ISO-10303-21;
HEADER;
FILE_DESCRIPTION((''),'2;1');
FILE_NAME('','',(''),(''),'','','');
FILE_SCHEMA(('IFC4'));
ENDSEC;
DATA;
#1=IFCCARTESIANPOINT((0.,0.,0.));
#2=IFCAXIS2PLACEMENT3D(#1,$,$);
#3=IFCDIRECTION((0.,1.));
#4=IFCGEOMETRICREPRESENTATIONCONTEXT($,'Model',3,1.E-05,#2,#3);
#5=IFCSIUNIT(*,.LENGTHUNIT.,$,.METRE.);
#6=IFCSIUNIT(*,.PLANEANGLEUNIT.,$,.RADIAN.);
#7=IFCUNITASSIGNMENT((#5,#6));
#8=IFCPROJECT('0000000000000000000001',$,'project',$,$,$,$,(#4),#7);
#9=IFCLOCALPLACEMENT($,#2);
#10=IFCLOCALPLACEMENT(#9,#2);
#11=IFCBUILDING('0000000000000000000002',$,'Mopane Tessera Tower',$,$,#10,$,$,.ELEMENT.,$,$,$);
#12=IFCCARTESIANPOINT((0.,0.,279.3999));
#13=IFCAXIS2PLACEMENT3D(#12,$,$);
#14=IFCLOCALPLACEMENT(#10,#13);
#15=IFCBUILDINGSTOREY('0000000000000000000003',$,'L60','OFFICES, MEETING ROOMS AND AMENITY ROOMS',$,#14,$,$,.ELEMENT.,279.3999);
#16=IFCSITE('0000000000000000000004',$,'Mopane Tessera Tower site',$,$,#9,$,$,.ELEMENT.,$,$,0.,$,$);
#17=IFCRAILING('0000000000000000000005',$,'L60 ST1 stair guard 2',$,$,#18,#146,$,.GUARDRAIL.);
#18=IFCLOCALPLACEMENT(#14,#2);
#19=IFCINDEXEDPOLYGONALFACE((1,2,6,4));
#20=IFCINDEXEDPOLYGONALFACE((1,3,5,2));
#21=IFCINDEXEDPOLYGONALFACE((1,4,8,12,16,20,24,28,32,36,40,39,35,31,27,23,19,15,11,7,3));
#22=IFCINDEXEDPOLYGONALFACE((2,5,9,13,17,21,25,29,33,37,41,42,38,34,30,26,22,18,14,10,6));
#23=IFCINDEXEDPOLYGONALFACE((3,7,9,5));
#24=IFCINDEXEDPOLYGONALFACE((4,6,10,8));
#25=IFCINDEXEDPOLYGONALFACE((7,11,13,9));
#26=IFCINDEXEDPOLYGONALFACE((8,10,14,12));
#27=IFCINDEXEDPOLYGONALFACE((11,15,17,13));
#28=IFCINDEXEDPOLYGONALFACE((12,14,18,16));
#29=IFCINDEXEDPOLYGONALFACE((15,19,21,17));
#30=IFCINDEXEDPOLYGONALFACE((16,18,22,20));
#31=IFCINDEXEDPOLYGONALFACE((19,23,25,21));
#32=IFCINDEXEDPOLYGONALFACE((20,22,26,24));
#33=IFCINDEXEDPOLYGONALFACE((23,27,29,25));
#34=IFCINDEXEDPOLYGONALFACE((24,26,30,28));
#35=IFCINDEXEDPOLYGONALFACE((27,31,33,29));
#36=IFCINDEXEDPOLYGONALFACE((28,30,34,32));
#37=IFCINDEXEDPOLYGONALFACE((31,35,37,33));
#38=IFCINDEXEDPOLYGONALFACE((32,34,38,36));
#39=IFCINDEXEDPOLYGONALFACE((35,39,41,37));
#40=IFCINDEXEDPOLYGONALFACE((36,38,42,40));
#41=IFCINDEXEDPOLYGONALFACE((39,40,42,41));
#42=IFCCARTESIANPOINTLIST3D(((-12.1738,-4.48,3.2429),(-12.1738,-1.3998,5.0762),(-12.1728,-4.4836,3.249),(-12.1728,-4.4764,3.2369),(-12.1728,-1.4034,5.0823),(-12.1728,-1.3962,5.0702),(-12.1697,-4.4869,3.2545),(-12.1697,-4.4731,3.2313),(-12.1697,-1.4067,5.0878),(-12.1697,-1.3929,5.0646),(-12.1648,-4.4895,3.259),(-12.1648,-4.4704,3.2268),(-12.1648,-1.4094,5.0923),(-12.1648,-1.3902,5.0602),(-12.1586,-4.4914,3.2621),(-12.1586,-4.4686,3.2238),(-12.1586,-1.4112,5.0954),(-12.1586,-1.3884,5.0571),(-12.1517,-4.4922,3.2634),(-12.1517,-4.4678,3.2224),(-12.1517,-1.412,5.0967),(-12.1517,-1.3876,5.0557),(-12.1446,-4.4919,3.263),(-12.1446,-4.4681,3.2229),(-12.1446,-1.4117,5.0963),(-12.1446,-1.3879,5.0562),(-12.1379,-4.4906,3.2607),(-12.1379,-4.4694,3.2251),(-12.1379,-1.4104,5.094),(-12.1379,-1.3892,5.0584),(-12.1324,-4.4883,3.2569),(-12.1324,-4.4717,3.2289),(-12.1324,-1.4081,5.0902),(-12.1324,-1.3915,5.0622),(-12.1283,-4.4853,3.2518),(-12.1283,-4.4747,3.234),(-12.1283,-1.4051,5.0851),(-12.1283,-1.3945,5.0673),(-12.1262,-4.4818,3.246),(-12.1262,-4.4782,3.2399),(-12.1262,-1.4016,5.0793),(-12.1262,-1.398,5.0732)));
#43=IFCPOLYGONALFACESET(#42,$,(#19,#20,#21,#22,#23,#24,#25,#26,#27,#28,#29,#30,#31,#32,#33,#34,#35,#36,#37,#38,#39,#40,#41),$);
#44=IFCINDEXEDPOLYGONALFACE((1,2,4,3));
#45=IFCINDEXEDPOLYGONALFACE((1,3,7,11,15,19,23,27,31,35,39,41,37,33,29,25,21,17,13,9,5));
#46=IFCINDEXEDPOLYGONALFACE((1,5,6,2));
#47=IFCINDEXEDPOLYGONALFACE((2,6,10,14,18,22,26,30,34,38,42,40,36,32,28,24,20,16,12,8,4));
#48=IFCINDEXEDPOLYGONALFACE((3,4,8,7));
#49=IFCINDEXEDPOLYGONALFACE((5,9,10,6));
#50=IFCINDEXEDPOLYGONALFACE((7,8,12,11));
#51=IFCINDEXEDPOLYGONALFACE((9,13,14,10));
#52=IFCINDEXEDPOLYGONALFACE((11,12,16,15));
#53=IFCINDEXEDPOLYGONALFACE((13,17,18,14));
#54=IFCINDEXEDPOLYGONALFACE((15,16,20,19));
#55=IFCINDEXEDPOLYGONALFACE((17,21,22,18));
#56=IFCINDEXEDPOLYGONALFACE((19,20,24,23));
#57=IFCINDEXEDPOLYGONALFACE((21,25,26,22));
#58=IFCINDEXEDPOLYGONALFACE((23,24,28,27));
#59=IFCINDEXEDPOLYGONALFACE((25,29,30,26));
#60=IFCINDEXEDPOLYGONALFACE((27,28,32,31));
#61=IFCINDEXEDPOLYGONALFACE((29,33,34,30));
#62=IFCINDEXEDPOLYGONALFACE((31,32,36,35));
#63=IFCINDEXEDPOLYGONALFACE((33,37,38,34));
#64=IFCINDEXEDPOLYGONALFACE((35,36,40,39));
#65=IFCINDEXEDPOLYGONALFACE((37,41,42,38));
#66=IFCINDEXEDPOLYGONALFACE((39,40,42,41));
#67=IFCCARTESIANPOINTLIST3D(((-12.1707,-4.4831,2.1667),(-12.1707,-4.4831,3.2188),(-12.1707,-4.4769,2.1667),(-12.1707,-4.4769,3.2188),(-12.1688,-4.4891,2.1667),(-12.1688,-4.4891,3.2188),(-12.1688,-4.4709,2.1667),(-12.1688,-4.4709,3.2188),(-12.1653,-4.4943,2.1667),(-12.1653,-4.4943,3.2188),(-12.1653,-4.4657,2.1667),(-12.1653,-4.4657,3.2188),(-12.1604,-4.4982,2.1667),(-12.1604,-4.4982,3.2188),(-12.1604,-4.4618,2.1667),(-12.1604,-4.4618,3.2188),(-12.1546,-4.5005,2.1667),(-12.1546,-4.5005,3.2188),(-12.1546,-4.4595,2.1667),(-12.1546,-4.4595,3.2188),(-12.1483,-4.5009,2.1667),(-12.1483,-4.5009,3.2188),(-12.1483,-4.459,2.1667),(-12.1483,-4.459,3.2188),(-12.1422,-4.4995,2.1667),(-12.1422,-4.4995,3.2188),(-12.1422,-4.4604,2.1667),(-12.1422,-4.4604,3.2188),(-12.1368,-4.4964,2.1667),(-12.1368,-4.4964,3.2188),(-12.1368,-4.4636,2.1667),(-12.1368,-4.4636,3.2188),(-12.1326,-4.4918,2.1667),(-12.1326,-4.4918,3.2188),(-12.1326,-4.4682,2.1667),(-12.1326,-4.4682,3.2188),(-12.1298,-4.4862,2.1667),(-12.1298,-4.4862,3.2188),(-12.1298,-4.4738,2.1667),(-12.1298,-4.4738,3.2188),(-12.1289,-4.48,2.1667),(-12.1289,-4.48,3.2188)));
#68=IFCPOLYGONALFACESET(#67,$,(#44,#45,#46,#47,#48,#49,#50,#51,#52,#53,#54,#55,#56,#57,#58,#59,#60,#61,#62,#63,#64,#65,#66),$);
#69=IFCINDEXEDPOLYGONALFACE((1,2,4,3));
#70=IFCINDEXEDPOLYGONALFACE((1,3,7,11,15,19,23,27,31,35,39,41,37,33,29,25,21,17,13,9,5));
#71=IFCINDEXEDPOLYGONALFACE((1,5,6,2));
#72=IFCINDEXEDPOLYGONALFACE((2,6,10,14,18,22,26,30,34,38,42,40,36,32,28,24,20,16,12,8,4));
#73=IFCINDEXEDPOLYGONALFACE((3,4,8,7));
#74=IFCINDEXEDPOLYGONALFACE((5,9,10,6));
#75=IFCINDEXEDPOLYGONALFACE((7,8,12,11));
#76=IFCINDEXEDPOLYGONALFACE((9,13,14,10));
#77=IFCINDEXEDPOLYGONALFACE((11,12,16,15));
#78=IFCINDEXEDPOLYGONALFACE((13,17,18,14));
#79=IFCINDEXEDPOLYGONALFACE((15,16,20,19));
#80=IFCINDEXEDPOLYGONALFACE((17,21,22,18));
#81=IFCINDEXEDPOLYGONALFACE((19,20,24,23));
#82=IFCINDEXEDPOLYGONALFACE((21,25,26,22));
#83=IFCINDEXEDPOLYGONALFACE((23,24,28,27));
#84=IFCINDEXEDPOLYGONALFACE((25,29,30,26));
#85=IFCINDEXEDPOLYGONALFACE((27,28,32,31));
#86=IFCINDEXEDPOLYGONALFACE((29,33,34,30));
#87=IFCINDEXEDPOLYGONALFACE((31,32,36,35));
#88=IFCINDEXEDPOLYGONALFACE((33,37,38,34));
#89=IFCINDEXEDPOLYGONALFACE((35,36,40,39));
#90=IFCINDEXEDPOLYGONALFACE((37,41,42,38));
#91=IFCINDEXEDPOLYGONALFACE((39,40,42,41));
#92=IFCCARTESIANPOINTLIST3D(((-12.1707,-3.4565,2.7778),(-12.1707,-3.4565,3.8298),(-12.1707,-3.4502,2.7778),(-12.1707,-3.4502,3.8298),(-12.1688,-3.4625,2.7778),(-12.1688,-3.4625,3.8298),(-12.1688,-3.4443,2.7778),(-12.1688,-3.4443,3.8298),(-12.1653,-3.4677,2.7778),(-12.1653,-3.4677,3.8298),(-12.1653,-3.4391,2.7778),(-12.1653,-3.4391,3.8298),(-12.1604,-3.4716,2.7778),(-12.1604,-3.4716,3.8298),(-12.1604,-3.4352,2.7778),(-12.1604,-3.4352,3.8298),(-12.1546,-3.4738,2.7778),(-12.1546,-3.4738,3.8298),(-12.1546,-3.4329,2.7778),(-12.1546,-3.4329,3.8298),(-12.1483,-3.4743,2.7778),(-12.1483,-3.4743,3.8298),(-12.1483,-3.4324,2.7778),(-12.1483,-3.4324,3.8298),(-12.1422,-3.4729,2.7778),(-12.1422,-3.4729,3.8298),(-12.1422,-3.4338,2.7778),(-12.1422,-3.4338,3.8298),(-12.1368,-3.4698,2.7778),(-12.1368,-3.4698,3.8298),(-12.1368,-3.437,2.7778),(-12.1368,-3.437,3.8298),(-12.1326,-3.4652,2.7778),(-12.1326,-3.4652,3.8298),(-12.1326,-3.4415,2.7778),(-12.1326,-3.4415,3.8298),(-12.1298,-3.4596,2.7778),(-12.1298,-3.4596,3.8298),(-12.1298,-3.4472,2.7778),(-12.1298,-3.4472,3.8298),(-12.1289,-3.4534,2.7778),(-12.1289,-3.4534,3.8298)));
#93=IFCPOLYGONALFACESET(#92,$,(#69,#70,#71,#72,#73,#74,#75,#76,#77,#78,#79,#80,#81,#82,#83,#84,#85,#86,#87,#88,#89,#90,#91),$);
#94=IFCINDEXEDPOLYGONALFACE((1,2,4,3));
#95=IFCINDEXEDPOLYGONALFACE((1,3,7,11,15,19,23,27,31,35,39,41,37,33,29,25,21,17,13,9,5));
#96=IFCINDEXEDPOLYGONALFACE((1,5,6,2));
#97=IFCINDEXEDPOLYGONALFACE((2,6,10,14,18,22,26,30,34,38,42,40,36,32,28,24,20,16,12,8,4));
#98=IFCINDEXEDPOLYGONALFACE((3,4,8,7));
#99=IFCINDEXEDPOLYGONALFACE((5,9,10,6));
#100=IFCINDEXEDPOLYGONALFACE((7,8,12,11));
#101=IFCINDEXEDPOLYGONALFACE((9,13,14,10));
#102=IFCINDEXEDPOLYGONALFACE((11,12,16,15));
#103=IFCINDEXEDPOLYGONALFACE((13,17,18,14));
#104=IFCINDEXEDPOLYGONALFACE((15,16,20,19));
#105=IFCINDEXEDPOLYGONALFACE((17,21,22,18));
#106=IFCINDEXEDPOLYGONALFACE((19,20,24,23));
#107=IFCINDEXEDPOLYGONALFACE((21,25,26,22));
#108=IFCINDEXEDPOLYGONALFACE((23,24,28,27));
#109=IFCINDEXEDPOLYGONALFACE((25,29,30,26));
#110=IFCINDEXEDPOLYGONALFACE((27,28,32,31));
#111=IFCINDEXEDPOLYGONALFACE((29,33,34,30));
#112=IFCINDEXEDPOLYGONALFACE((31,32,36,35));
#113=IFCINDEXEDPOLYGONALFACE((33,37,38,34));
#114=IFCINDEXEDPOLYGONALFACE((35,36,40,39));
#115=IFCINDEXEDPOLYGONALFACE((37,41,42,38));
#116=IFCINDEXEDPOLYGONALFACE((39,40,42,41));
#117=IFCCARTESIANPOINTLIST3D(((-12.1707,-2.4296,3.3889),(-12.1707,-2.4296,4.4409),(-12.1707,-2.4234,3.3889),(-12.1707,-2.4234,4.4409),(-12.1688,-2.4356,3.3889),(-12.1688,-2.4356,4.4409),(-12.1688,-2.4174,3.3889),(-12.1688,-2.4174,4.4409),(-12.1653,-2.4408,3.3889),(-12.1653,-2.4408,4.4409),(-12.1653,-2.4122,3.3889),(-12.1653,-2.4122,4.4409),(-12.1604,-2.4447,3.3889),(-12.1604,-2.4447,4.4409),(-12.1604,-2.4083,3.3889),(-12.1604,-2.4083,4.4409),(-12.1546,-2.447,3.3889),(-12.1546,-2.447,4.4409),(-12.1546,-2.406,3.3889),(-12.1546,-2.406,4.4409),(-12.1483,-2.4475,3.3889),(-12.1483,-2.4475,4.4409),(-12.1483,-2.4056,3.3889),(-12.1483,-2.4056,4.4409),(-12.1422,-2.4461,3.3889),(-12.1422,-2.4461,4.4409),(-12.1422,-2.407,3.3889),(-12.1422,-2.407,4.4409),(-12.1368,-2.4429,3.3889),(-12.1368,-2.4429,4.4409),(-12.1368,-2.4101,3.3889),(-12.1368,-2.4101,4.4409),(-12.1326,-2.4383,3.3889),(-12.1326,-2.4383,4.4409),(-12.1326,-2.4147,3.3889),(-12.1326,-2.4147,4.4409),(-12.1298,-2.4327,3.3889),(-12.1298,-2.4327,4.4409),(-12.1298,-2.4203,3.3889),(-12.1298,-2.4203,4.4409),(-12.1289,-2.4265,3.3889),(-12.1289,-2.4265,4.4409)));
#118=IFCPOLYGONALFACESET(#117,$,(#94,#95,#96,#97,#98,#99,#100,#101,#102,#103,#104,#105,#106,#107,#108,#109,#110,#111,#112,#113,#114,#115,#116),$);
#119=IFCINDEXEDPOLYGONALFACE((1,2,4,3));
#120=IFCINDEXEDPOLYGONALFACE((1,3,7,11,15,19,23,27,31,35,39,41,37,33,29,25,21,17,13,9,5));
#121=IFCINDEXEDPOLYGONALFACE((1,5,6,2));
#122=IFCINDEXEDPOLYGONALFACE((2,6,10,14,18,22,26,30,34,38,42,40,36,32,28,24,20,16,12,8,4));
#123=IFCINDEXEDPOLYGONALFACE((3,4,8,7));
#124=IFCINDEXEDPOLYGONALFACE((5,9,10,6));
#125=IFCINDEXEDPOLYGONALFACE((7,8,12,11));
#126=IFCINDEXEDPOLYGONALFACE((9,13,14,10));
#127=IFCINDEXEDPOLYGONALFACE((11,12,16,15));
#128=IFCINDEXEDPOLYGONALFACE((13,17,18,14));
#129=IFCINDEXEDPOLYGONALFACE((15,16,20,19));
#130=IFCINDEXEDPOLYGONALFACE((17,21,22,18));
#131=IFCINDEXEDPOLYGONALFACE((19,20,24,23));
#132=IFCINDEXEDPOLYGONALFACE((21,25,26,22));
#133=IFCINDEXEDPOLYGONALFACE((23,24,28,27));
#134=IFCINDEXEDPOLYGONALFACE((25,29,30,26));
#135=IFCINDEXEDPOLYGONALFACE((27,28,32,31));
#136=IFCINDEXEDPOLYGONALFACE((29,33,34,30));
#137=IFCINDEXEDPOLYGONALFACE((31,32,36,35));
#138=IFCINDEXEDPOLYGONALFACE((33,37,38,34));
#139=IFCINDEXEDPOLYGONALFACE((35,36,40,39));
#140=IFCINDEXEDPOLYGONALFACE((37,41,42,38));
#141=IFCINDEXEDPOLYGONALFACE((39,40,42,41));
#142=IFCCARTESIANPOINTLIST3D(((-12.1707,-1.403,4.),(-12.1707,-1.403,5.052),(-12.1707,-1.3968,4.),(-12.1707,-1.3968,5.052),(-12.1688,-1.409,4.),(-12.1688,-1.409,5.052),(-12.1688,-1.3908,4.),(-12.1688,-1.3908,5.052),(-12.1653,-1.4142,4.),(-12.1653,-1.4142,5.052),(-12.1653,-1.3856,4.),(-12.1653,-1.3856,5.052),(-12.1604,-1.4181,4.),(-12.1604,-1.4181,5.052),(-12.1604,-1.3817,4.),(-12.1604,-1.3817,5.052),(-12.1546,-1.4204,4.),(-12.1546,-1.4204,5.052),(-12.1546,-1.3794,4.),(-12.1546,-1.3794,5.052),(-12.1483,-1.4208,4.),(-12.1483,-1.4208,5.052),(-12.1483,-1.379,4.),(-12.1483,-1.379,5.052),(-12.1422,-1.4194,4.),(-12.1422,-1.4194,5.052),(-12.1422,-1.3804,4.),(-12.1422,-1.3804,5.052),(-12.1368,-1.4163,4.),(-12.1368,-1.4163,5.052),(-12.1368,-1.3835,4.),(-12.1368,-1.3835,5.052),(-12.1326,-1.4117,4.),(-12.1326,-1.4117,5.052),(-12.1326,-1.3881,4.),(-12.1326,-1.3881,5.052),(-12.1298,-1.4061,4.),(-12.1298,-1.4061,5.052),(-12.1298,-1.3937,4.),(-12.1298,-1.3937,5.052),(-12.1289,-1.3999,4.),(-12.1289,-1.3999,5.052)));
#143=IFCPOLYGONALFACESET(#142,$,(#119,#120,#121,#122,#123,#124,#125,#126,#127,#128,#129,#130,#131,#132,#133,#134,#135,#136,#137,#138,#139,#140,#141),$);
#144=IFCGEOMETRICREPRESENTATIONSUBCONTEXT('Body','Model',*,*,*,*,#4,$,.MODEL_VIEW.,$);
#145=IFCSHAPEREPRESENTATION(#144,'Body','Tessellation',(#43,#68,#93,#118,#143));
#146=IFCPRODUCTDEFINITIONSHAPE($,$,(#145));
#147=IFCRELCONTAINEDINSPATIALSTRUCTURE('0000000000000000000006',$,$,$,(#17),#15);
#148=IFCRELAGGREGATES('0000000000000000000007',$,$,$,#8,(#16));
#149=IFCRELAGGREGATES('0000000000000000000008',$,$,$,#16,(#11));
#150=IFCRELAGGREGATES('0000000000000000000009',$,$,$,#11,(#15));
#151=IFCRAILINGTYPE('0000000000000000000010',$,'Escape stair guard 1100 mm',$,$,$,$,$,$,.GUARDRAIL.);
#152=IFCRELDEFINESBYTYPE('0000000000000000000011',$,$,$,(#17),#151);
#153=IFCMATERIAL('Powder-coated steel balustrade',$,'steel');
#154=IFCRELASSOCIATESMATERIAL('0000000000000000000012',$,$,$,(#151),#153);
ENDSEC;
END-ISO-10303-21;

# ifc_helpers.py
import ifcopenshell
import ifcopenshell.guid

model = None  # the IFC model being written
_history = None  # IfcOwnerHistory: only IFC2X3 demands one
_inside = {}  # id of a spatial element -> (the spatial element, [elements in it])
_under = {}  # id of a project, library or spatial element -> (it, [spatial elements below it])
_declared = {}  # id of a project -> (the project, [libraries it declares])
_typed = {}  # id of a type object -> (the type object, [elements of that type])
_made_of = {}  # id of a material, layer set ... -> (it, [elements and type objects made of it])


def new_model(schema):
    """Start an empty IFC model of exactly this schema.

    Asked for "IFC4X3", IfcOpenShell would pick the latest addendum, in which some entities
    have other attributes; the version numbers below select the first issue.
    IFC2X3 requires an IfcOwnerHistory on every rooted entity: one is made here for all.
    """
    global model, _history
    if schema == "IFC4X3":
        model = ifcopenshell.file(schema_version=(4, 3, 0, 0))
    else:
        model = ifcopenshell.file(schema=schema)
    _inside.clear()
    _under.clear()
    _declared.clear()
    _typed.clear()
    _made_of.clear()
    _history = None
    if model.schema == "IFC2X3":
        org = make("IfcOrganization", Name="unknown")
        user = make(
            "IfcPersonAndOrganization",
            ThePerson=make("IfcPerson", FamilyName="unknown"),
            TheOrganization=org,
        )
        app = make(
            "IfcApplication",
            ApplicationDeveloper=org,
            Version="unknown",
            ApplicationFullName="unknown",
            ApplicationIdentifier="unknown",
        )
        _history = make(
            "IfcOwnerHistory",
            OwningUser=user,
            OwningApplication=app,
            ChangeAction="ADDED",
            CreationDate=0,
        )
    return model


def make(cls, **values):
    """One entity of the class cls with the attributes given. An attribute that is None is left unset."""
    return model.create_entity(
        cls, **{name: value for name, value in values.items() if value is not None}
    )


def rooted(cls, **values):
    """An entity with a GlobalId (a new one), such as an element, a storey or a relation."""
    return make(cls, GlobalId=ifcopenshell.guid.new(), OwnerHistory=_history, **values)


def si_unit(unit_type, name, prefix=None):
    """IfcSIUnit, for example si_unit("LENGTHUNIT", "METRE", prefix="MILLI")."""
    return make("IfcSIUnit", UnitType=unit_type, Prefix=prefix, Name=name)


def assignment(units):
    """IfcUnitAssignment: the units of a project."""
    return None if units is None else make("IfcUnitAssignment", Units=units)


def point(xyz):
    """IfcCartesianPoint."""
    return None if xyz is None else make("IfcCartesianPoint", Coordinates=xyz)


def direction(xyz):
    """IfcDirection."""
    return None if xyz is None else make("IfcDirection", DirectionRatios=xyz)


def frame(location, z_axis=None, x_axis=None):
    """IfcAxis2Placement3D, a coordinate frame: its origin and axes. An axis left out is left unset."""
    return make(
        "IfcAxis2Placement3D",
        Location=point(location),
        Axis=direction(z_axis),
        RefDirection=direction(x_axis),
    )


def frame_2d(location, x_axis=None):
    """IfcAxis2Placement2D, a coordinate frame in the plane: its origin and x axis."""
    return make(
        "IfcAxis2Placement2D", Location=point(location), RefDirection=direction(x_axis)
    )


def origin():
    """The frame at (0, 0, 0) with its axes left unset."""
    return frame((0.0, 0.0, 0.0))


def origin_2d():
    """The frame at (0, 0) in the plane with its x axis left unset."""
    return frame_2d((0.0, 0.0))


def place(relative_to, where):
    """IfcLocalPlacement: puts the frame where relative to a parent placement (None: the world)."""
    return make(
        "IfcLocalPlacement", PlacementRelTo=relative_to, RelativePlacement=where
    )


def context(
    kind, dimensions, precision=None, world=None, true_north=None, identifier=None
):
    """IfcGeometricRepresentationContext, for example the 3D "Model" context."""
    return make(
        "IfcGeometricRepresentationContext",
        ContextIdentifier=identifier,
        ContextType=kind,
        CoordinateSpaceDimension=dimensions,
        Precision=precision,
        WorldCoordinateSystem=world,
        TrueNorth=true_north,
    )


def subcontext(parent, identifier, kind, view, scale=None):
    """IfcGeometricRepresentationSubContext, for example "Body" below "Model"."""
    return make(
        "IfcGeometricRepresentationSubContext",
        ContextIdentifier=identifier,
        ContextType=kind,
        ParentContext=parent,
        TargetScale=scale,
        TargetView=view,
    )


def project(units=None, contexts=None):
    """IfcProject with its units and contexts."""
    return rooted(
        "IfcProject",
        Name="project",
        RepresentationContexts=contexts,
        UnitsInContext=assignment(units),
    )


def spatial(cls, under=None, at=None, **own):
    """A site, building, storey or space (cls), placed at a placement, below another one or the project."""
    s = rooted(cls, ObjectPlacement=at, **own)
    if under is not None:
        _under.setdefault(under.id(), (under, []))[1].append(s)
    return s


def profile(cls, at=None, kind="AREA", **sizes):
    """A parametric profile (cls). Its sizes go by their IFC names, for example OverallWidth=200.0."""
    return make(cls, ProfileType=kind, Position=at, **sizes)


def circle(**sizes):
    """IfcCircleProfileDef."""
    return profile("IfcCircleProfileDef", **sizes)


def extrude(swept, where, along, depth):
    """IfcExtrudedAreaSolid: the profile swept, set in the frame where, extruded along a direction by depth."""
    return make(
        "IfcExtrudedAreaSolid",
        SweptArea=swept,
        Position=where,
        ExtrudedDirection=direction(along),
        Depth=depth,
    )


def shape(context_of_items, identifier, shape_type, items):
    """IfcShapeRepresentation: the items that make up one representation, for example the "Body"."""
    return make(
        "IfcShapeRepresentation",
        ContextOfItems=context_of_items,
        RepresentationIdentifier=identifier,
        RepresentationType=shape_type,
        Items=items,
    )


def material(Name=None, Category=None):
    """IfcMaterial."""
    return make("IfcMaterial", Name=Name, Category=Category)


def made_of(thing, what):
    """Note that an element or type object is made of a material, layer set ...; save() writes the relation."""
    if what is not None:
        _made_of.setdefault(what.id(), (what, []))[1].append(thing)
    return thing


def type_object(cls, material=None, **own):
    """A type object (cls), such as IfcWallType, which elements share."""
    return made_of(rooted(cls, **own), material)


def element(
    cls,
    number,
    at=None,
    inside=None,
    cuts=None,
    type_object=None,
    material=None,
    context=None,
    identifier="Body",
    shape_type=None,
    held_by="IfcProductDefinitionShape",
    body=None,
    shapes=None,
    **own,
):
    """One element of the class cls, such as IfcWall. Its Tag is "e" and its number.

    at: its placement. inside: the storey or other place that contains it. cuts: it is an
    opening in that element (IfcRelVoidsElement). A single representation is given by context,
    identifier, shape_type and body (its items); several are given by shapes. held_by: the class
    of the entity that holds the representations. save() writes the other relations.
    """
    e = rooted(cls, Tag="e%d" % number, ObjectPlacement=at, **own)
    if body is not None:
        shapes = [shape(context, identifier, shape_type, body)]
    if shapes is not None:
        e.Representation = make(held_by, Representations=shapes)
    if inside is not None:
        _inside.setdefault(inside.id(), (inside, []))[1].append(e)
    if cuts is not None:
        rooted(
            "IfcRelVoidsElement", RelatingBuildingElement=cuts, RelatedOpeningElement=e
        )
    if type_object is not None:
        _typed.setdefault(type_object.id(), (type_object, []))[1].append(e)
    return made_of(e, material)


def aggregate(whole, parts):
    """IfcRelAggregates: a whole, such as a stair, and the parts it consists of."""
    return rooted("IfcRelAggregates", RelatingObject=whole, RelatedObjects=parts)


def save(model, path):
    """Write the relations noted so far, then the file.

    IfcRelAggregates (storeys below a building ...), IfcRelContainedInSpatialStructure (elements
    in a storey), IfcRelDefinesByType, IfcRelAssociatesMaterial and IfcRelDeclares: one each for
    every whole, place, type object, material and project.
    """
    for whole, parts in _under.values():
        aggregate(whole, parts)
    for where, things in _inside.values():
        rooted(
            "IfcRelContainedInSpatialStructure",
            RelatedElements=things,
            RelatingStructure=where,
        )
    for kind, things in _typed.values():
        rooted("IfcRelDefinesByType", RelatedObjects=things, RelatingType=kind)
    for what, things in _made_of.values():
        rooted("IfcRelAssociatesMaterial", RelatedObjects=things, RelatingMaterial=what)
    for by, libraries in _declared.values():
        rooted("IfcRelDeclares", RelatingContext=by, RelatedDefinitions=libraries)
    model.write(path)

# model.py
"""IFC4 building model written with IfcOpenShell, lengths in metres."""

from ifc_helpers import new_model, si_unit, direction, frame, origin, origin_2d, place, context, subcontext, project, spatial, circle, extrude, material, type_object, element, save


model = new_model("IFC4")

# Units and contexts
model_context = context("Model", 3, precision=1e-05, world=origin(), true_north=direction((0.0, 1.0)))
body_context = subcontext(model_context, "Body", "Model", "MODEL_VIEW")
ifc_project = project(units=[si_unit("LENGTHUNIT", "METRE"), si_unit("PLANEANGLEUNIT", "RADIAN")], contexts=[model_context])

# Site, building, storey
site_placement = place(None, origin())
site = spatial("IfcSite", under=ifc_project, at=site_placement, Name="Mopane Tessera Tower site", CompositionType="ELEMENT", RefElevation=0.0)
building_placement = place(site_placement, origin())
building = spatial("IfcBuilding", under=site, at=building_placement, Name="Mopane Tessera Tower", CompositionType="ELEMENT")
storey_placement = place(building_placement, frame((0.0, 0.0, 279.3999)))
storey = spatial("IfcBuildingStorey", under=building, at=storey_placement, Name="L60", Description="OFFICES, MEETING ROOMS AND AMENITY ROOMS", CompositionType="ELEMENT", Elevation=279.3999)

# Railing
ifc_material_1 = material(Name="Powder-coated steel balustrade", Category="steel")
railing_type_1 = type_object("IfcRailingType", Name="Escape stair guard 1100 mm", PredefinedType="GUARDRAIL", material=ifc_material_1)
railing_1_placement = place(storey_placement, frame((-12.1499, -4.48, 2.1667)))
element("IfcRailing", 1, at=railing_1_placement, inside=storey, type_object=railing_type_1, Name="L60 ST1 stair guard 2", PredefinedType="GUARDRAIL", context=body_context, shape_type="SweptSolid", body=[
    extrude(circle(Radius=0.0239, at=origin_2d()), frame((0.0, 0.0, 1.0762), z_axis=(0.0, 0.859309, 0.511458), x_axis=(-1.0, 0.0, 0.0)), (0.0, 0.0, 1.0), 3.5845),
    extrude(circle(Radius=0.021, at=origin_2d()), origin(), (0.0, 0.0, 1.0), 1.052),
    extrude(circle(Radius=0.021, at=origin_2d()), frame((0.0, 1.0266, 0.6111)), (0.0, 0.0, 1.0), 1.052),
    extrude(circle(Radius=0.021, at=origin_2d()), frame((0.0, 2.0535, 1.2222)), (0.0, 0.0, 1.0), 1.052),
    extrude(circle(Radius=0.021, at=origin_2d()), frame((0.0, 3.0801, 1.8333)), (0.0, 0.0, 1.0), 1.052),
])

save(model, "model.ifc")
